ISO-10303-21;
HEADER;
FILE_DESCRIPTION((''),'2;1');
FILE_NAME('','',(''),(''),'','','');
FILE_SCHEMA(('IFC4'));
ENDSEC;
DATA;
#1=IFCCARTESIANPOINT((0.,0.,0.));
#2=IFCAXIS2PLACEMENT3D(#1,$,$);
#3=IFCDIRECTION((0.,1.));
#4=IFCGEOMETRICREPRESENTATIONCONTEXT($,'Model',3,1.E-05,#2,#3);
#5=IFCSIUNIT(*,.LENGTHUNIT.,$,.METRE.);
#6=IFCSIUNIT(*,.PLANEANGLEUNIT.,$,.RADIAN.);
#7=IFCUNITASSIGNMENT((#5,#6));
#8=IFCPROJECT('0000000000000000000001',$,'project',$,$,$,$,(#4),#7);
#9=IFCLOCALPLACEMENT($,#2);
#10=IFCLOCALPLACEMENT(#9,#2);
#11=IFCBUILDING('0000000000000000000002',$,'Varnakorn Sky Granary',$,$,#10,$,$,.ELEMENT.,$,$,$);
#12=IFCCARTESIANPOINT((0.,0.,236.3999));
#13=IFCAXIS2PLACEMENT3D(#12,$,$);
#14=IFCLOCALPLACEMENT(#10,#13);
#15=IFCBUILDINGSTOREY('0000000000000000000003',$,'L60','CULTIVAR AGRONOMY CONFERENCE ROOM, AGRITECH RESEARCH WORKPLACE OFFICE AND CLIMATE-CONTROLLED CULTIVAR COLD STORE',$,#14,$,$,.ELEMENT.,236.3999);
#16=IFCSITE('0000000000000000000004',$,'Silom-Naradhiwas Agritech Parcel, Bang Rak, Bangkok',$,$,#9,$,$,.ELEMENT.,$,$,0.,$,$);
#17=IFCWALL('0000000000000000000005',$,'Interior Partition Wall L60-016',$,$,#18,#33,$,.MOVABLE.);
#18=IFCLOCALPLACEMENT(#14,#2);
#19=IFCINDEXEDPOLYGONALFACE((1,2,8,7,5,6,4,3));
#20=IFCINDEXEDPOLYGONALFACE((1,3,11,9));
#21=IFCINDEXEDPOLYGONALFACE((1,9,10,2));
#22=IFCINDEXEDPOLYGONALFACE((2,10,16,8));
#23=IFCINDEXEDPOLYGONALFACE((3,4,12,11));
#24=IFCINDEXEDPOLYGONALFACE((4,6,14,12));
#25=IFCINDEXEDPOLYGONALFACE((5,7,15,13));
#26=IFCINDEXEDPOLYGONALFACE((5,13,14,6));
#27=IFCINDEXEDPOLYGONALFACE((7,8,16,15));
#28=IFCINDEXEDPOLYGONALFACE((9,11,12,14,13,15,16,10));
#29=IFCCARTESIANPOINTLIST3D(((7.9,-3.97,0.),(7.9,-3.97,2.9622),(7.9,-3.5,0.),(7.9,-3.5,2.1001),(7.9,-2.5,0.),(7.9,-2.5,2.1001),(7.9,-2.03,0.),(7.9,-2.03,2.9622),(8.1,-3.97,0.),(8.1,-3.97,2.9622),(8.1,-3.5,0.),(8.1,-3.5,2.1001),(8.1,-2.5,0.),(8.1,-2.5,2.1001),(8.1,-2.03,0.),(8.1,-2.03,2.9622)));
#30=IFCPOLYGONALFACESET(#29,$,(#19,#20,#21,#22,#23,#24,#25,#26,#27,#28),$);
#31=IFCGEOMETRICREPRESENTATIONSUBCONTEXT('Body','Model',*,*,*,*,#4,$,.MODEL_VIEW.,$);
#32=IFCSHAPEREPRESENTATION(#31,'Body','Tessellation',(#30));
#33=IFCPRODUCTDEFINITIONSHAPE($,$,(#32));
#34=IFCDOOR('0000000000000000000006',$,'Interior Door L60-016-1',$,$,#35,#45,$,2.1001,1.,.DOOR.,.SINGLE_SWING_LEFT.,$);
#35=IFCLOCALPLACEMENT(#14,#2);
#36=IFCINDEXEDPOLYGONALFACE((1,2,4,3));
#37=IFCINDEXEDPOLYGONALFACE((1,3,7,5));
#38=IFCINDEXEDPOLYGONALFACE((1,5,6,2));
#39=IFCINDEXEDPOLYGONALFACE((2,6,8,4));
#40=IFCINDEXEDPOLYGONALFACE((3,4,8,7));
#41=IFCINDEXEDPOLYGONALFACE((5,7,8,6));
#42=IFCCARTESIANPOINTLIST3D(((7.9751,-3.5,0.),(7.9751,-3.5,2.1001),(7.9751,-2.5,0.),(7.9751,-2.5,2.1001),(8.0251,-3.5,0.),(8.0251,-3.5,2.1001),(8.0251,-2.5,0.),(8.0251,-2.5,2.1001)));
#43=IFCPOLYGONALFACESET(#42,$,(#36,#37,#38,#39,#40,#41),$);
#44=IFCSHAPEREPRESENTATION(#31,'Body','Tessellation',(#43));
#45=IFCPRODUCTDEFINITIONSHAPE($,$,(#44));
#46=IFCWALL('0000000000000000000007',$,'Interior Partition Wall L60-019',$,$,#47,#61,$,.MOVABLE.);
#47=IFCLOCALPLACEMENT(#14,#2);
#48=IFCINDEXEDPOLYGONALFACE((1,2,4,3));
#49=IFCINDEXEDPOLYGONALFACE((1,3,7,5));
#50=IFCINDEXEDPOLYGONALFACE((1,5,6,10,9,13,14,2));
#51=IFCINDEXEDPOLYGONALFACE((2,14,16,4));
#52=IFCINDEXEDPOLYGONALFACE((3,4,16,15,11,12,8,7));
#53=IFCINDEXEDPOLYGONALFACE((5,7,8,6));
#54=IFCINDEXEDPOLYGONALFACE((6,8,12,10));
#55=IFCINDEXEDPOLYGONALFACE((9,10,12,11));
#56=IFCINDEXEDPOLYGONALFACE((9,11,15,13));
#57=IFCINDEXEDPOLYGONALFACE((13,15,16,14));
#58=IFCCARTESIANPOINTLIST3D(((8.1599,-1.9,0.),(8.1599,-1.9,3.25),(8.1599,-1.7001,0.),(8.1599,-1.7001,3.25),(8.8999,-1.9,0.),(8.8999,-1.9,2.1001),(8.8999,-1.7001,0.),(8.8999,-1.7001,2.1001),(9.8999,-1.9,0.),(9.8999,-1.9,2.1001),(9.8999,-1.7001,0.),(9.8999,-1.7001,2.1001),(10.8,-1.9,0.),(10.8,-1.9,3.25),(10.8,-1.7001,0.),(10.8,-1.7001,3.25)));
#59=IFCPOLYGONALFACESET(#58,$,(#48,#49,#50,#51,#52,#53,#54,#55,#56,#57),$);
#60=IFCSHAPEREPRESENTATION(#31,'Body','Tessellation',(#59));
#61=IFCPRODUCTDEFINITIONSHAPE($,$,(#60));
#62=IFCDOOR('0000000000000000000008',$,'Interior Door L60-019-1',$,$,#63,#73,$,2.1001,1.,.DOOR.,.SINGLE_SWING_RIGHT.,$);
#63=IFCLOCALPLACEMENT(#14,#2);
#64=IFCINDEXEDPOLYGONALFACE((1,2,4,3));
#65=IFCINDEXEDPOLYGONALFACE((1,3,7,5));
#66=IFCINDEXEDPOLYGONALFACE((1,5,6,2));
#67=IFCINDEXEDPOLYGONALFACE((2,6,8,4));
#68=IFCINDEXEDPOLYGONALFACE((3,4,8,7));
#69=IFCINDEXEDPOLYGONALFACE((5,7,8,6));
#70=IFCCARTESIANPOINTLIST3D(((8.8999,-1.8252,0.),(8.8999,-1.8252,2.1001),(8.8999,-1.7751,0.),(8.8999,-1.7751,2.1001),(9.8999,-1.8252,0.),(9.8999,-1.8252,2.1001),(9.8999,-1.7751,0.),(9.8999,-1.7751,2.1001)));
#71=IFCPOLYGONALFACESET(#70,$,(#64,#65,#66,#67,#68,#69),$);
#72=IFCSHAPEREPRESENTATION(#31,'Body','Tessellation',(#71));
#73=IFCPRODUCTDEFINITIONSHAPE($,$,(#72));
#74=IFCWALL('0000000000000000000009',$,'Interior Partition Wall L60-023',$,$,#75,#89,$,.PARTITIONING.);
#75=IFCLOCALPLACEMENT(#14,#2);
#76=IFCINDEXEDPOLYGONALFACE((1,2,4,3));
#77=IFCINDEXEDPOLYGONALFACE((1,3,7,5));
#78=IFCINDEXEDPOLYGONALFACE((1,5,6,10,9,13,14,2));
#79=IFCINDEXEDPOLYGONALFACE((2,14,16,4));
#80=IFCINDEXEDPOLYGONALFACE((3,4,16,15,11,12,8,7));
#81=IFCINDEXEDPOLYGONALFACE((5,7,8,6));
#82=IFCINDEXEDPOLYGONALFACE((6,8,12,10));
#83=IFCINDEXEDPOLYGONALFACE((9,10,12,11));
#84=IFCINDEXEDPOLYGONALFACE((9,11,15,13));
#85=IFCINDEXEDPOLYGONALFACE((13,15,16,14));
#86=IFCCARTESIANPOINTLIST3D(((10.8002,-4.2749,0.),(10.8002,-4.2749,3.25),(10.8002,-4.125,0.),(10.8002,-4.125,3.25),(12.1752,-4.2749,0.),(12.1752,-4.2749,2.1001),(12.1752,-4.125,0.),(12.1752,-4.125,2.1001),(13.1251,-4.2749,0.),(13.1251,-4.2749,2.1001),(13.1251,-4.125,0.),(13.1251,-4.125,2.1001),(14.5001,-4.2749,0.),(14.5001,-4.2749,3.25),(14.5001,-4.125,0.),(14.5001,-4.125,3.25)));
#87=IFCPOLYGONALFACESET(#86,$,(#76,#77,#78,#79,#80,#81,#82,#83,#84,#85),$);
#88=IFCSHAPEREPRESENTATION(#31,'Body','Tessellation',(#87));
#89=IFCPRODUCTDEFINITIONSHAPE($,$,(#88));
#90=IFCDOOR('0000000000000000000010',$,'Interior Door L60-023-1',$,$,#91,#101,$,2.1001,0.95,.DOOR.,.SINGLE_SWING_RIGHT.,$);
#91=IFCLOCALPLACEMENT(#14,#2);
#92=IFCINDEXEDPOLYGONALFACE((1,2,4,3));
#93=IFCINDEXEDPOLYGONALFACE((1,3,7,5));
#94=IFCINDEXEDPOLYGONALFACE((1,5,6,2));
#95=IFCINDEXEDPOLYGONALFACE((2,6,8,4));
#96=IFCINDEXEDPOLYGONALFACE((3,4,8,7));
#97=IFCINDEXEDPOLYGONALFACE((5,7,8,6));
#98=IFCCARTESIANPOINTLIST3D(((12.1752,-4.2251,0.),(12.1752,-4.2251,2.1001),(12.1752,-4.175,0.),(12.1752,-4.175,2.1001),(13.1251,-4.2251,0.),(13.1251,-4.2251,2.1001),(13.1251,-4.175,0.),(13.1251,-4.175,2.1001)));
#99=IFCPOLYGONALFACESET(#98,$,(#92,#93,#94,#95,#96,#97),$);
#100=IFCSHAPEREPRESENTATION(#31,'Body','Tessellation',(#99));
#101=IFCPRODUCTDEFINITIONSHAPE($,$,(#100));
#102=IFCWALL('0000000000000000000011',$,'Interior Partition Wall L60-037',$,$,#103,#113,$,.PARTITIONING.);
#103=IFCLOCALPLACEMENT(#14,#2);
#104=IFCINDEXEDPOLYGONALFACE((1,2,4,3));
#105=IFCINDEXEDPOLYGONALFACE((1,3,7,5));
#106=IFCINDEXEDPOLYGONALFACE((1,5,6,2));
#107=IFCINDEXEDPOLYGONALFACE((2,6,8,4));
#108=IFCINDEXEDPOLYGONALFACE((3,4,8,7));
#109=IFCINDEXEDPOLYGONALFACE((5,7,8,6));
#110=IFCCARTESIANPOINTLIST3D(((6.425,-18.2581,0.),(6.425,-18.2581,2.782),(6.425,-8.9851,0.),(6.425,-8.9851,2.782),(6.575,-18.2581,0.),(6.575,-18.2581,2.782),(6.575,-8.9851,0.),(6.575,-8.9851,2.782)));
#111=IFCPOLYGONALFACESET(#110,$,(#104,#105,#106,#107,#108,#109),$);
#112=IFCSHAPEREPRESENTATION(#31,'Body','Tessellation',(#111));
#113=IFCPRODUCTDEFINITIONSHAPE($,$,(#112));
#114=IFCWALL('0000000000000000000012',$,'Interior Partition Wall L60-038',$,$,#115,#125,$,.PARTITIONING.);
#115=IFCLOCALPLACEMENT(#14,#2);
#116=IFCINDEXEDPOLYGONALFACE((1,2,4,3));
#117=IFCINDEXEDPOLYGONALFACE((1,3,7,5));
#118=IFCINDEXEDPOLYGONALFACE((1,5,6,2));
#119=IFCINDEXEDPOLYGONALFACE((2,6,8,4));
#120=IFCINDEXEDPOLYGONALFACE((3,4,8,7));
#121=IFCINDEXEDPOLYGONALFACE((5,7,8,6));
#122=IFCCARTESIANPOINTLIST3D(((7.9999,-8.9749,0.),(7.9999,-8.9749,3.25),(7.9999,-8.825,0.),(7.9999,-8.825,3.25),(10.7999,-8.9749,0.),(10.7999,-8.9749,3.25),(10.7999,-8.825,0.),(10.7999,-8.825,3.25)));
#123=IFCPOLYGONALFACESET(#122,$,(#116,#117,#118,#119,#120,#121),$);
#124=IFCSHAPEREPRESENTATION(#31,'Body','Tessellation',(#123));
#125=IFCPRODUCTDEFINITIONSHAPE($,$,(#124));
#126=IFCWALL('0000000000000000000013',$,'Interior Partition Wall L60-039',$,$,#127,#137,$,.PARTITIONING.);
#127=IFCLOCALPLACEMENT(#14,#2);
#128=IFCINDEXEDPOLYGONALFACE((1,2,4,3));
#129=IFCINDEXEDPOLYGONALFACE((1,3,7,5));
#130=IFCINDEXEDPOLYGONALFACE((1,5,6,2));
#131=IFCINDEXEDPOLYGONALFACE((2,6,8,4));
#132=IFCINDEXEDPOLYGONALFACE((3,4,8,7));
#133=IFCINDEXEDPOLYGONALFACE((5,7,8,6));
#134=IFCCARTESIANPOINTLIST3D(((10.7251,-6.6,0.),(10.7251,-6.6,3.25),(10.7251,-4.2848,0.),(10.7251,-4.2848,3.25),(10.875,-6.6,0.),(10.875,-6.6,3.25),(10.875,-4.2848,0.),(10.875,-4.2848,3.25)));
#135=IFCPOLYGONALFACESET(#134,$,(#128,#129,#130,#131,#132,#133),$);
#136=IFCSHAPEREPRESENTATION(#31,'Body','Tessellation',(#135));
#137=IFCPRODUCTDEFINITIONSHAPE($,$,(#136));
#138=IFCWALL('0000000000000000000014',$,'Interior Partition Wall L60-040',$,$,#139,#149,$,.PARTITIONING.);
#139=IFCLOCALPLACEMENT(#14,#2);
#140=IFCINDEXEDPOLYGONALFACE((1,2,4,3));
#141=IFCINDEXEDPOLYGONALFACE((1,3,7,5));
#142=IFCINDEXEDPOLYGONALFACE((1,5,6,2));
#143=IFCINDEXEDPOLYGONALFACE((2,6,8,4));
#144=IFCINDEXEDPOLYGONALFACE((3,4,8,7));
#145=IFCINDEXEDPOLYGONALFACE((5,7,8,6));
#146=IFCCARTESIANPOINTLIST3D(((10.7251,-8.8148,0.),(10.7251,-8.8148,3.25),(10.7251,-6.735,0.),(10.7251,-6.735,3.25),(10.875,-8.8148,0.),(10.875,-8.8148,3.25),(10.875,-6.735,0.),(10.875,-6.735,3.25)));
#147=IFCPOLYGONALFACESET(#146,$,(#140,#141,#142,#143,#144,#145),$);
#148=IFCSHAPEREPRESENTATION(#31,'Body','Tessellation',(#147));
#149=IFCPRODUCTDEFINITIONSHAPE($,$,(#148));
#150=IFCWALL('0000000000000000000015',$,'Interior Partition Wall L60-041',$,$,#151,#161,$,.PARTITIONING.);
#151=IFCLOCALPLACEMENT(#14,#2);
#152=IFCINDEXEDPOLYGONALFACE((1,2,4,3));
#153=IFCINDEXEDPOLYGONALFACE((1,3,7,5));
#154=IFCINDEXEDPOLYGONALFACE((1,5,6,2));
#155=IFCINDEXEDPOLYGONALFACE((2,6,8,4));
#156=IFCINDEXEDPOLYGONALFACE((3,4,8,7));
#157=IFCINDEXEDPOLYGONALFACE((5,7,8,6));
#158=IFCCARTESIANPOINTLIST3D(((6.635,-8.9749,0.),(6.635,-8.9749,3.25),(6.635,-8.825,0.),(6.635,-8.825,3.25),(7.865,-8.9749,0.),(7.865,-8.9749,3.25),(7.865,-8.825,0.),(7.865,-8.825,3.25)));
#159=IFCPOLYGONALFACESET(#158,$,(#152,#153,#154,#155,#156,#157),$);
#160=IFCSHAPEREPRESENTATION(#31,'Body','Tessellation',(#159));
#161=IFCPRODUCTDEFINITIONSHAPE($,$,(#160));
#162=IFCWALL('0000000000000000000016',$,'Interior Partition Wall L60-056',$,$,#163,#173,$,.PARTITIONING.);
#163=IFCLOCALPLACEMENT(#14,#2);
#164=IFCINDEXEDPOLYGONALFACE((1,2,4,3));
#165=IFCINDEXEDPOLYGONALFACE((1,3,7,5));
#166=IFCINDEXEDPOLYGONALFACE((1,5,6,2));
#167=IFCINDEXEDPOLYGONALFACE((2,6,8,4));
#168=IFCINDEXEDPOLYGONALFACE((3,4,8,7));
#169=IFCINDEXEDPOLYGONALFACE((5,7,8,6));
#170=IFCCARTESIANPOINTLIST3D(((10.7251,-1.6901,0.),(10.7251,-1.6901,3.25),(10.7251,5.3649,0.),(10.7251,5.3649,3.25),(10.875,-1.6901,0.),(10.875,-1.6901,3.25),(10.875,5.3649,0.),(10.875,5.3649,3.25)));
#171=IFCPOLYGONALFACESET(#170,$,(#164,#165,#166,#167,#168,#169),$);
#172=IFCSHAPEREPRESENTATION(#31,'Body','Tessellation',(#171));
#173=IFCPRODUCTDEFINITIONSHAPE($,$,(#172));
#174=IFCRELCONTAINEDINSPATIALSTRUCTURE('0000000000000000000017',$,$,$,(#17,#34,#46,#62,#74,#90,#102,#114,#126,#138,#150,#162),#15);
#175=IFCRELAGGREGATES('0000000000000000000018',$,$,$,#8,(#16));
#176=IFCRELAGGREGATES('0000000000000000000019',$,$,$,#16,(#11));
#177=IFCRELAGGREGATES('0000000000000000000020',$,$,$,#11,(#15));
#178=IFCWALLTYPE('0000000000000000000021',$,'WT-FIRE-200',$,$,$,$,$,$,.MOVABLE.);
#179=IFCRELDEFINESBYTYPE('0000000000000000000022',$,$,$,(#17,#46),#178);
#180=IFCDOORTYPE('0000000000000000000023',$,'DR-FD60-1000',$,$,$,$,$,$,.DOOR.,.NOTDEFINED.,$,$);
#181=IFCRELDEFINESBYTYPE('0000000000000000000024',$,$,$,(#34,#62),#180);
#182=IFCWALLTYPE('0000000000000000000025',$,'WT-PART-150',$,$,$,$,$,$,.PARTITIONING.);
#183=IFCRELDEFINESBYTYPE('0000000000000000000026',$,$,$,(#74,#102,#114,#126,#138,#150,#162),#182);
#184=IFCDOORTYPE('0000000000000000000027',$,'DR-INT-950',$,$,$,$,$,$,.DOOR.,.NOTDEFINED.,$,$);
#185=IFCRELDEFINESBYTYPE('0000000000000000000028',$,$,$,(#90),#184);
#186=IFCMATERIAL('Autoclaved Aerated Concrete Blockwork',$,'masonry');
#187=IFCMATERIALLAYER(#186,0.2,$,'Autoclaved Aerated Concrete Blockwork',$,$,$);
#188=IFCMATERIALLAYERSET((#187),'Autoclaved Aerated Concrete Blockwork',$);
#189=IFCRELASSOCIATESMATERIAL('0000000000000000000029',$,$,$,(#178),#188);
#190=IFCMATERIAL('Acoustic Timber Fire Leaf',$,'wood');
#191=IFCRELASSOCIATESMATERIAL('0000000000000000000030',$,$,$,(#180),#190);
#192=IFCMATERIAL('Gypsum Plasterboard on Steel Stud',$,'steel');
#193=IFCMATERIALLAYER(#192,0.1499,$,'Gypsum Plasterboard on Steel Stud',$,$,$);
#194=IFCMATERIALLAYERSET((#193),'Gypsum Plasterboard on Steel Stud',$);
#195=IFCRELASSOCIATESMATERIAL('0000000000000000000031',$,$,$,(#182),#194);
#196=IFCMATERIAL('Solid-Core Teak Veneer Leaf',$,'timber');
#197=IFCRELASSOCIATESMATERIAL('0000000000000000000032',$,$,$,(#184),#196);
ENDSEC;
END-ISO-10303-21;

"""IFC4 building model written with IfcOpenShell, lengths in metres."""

from ifc_helpers import new_model, si_unit, direction, frame, frame_2d, origin, place, context, subcontext, project, spatial, rectangle, extrude, material, layer, layer_set, type_object, element, fill, save


model = new_model("IFC4")

# Units and contexts
model_context = context("Model", 3, precision=1e-05, world=origin(), true_north=direction((0.0, 1.0)))
body_context = subcontext(model_context, "Body", "Model", "MODEL_VIEW")
ifc_project = project(units=[si_unit("LENGTHUNIT", "METRE"), si_unit("PLANEANGLEUNIT", "RADIAN")], contexts=[model_context])

# Site, building, storey
site_placement = place(None, origin())
site = spatial("IfcSite", under=ifc_project, at=site_placement, Name="Silom-Naradhiwas Agritech Parcel, Bang Rak, Bangkok", CompositionType="ELEMENT", RefElevation=0.0)
building_placement = place(site_placement, origin())
building = spatial("IfcBuilding", under=site, at=building_placement, Name="Varnakorn Sky Granary", CompositionType="ELEMENT")
storey_placement = place(building_placement, frame((0.0, 0.0, 236.3999)))
storey = spatial("IfcBuildingStorey", under=building, at=storey_placement, Name="L60", Description="CULTIVAR AGRONOMY CONFERENCE ROOM, AGRITECH RESEARCH WORKPLACE OFFICE AND CLIMATE-CONTROLLED CULTIVAR COLD STORE", CompositionType="ELEMENT", Elevation=236.3999)

# Walls, openings, doors
ifc_material_1 = material(Name="Autoclaved Aerated Concrete Blockwork", Category="masonry")
ifc_layer_1 = layer(ifc_material_1, 0.2, Name="Autoclaved Aerated Concrete Blockwork")
ifc_layer_set_1 = layer_set([ifc_layer_1], Name="Autoclaved Aerated Concrete Blockwork")
wall_type_1 = type_object("IfcWallType", Name="WT-FIRE-200", PredefinedType="MOVABLE", material=ifc_layer_set_1)
wall_1_placement = place(storey_placement, frame((8.0, -3.97, 0.0), z_axis=(0.0, 0.0, 1.0), x_axis=(0.0, 1.0, 0.0)))
wall_1 = element("IfcWall", 1, at=wall_1_placement, inside=storey, type_object=wall_type_1, Name="Interior Partition Wall L60-016", PredefinedType="MOVABLE", context=body_context, shape_type="SweptSolid", body=[
    extrude(rectangle(XDim=1.9399, YDim=0.2, at=frame_2d((0.97, 0.0))), origin(), (0.0, 0.0, 1.0), 2.9622),
])
opening_1_placement = place(wall_1_placement, frame((0.47, 0.0, 0.0)))
opening_1 = element("IfcOpeningElement", 2, at=opening_1_placement, cuts=wall_1, PredefinedType="OPENING", context=body_context, shape_type="SweptSolid", body=[
    extrude(rectangle(XDim=1.0, YDim=2.1001, at=frame_2d((0.5, 1.05))), frame((0.0, 0.1099, 0.0), z_axis=(0.0, -1.0, 0.0), x_axis=(1.0, 0.0, 0.0)), (0.0, 0.0, 1.0), 0.22),
])
ifc_material_2 = material(Name="Acoustic Timber Fire Leaf", Category="wood")
door_type_1 = type_object("IfcDoorType", Name="DR-FD60-1000", OperationType="NOTDEFINED", PredefinedType="DOOR", material=ifc_material_2)
door_1_placement = place(opening_1_placement, origin())
door_1 = element("IfcDoor", 3, at=door_1_placement, inside=storey, type_object=door_type_1, Name="Interior Door L60-016-1", OperationType="SINGLE_SWING_LEFT", OverallHeight=2.1001, OverallWidth=1.0, PredefinedType="DOOR", context=body_context, shape_type="SweptSolid", body=[
    extrude(rectangle(XDim=1.0, YDim=2.1001, at=frame_2d((0.5, 1.05))), frame((0.0, 0.0249, 0.0), z_axis=(0.0, -1.0, 0.0), x_axis=(1.0, 0.0, 0.0)), (0.0, 0.0, 1.0), 0.05),
])
fill(opening_1, door_1)
wall_2_placement = place(storey_placement, frame((8.1599, -1.8, 0.0), z_axis=(0.0, 0.0, 1.0), x_axis=(1.0, 0.0, 0.0)))
wall_2 = element("IfcWall", 4, at=wall_2_placement, inside=storey, type_object=wall_type_1, Name="Interior Partition Wall L60-019", PredefinedType="MOVABLE", context=body_context, shape_type="SweptSolid", body=[
    extrude(rectangle(XDim=2.6401, YDim=0.2, at=frame_2d((1.3201, 0.0))), origin(), (0.0, 0.0, 1.0), 3.25),
])
opening_2_placement = place(wall_2_placement, frame((0.74, 0.0, 0.0)))
opening_2 = element("IfcOpeningElement", 5, at=opening_2_placement, cuts=wall_2, PredefinedType="OPENING", context=body_context, shape_type="SweptSolid", body=[
    extrude(rectangle(XDim=1.0, YDim=2.1001, at=frame_2d((0.5, 1.05))), frame((0.0, 0.1099, 0.0), z_axis=(0.0, -1.0, 0.0), x_axis=(1.0, 0.0, 0.0)), (0.0, 0.0, 1.0), 0.22),
])
door_2_placement = place(opening_2_placement, origin())
door_2 = element("IfcDoor", 6, at=door_2_placement, inside=storey, type_object=door_type_1, Name="Interior Door L60-019-1", OperationType="SINGLE_SWING_RIGHT", OverallHeight=2.1001, OverallWidth=1.0, PredefinedType="DOOR", context=body_context, shape_type="SweptSolid", body=[
    extrude(rectangle(XDim=1.0, YDim=2.1001, at=frame_2d((0.5, 1.05))), frame((0.0, 0.0249, 0.0), z_axis=(0.0, -1.0, 0.0), x_axis=(1.0, 0.0, 0.0)), (0.0, 0.0, 1.0), 0.05),
])
fill(opening_2, door_2)
ifc_material_3 = material(Name="Gypsum Plasterboard on Steel Stud", Category="steel")
ifc_layer_2 = layer(ifc_material_3, 0.1499, Name="Gypsum Plasterboard on Steel Stud")
ifc_layer_set_2 = layer_set([ifc_layer_2], Name="Gypsum Plasterboard on Steel Stud")
wall_type_2 = type_object("IfcWallType", Name="WT-PART-150", PredefinedType="PARTITIONING", material=ifc_layer_set_2)
wall_3_placement = place(storey_placement, frame((10.8, -4.2, 0.0), z_axis=(0.0, 0.0, 1.0), x_axis=(1.0, 0.0, 0.0)))
wall_3 = element("IfcWall", 7, at=wall_3_placement, inside=storey, type_object=wall_type_2, Name="Interior Partition Wall L60-023", PredefinedType="PARTITIONING", context=body_context, shape_type="SweptSolid", body=[
    extrude(rectangle(XDim=3.7, YDim=0.1499, at=frame_2d((1.8501, 0.0))), origin(), (0.0, 0.0, 1.0), 3.25),
])
opening_3_placement = place(wall_3_placement, frame((1.375, 0.0, 0.0)))
opening_3 = element("IfcOpeningElement", 8, at=opening_3_placement, cuts=wall_3, PredefinedType="OPENING", context=body_context, shape_type="SweptSolid", body=[
    extrude(rectangle(XDim=0.95, YDim=2.1001, at=frame_2d((0.4751, 1.05))), frame((0.0, 0.085, 0.0), z_axis=(0.0, -1.0, 0.0), x_axis=(1.0, 0.0, 0.0)), (0.0, 0.0, 1.0), 0.1699),
])
ifc_material_4 = material(Name="Solid-Core Teak Veneer Leaf", Category="timber")
door_type_2 = type_object("IfcDoorType", Name="DR-INT-950", OperationType="NOTDEFINED", PredefinedType="DOOR", material=ifc_material_4)
door_3_placement = place(opening_3_placement, origin())
door_3 = element("IfcDoor", 9, at=door_3_placement, inside=storey, type_object=door_type_2, Name="Interior Door L60-023-1", OperationType="SINGLE_SWING_RIGHT", OverallHeight=2.1001, OverallWidth=0.95, PredefinedType="DOOR", context=body_context, shape_type="SweptSolid", body=[
    extrude(rectangle(XDim=0.95, YDim=2.1001, at=frame_2d((0.4751, 1.05))), frame((0.0, 0.0249, 0.0), z_axis=(0.0, -1.0, 0.0), x_axis=(1.0, 0.0, 0.0)), (0.0, 0.0, 1.0), 0.05),
])
fill(opening_3, door_3)

# Walls
wall_4_placement = place(storey_placement, frame((6.5, -8.9851, 0.0), z_axis=(0.0, 0.0, 1.0), x_axis=(0.0, -1.0, 0.0)))
element("IfcWall", 10, at=wall_4_placement, inside=storey, type_object=wall_type_2, Name="Interior Partition Wall L60-037", PredefinedType="PARTITIONING", context=body_context, shape_type="SweptSolid", body=[
    extrude(rectangle(XDim=9.2729, YDim=0.1499, at=frame_2d((4.6365, 0.0))), origin(), (0.0, 0.0, 1.0), 2.782),
])
wall_5_placement = place(storey_placement, frame((8.0, -8.8999, 0.0), z_axis=(0.0, 0.0, 1.0), x_axis=(1.0, 0.0, 0.0)))
element("IfcWall", 11, at=wall_5_placement, inside=storey, type_object=wall_type_2, Name="Interior Partition Wall L60-038", PredefinedType="PARTITIONING", context=body_context, shape_type="SweptSolid", body=[
    extrude(rectangle(XDim=2.8, YDim=0.1499, at=frame_2d((1.3999, 0.0))), origin(), (0.0, 0.0, 1.0), 3.25),
])
wall_6_placement = place(storey_placement, frame((10.8, -6.6001, 0.0), z_axis=(0.0, 0.0, 1.0), x_axis=(0.0, 1.0, 0.0)))
element("IfcWall", 12, at=wall_6_placement, inside=storey, type_object=wall_type_2, Name="Interior Partition Wall L60-039", PredefinedType="PARTITIONING", context=body_context, shape_type="SweptSolid", body=[
    extrude(rectangle(XDim=2.3152, YDim=0.1499, at=frame_2d((1.1577, 0.0))), origin(), (0.0, 0.0, 1.0), 3.25),
])
wall_7_placement = place(storey_placement, frame((10.8, -8.8149, 0.0), z_axis=(0.0, 0.0, 1.0), x_axis=(0.0, 1.0, 0.0)))
element("IfcWall", 13, at=wall_7_placement, inside=storey, type_object=wall_type_2, Name="Interior Partition Wall L60-040", PredefinedType="PARTITIONING", context=body_context, shape_type="SweptSolid", body=[
    extrude(rectangle(XDim=2.0798, YDim=0.1499, at=frame_2d((1.04, 0.0))), origin(), (0.0, 0.0, 1.0), 3.25),
])
wall_8_placement = place(storey_placement, frame((6.635, -8.8999, 0.0), z_axis=(0.0, 0.0, 1.0), x_axis=(1.0, 0.0, 0.0)))
element("IfcWall", 14, at=wall_8_placement, inside=storey, type_object=wall_type_2, Name="Interior Partition Wall L60-041", PredefinedType="PARTITIONING", context=body_context, shape_type="SweptSolid", body=[
    extrude(rectangle(XDim=1.23, YDim=0.1499, at=frame_2d((0.615, 0.0))), origin(), (0.0, 0.0, 1.0), 3.25),
])
wall_9_placement = place(storey_placement, frame((10.8, -1.6899, 0.0), z_axis=(0.0, 0.0, 1.0), x_axis=(0.0, 1.0, 0.0)))
element("IfcWall", 15, at=wall_9_placement, inside=storey, type_object=wall_type_2, Name="Interior Partition Wall L60-056", PredefinedType="PARTITIONING", context=body_context, shape_type="SweptSolid", body=[
    extrude(rectangle(XDim=7.0549, YDim=0.1499, at=frame_2d((3.5273, 0.0))), origin(), (0.0, 0.0, 1.0), 3.25),
])

save(model, "model.ifc")
